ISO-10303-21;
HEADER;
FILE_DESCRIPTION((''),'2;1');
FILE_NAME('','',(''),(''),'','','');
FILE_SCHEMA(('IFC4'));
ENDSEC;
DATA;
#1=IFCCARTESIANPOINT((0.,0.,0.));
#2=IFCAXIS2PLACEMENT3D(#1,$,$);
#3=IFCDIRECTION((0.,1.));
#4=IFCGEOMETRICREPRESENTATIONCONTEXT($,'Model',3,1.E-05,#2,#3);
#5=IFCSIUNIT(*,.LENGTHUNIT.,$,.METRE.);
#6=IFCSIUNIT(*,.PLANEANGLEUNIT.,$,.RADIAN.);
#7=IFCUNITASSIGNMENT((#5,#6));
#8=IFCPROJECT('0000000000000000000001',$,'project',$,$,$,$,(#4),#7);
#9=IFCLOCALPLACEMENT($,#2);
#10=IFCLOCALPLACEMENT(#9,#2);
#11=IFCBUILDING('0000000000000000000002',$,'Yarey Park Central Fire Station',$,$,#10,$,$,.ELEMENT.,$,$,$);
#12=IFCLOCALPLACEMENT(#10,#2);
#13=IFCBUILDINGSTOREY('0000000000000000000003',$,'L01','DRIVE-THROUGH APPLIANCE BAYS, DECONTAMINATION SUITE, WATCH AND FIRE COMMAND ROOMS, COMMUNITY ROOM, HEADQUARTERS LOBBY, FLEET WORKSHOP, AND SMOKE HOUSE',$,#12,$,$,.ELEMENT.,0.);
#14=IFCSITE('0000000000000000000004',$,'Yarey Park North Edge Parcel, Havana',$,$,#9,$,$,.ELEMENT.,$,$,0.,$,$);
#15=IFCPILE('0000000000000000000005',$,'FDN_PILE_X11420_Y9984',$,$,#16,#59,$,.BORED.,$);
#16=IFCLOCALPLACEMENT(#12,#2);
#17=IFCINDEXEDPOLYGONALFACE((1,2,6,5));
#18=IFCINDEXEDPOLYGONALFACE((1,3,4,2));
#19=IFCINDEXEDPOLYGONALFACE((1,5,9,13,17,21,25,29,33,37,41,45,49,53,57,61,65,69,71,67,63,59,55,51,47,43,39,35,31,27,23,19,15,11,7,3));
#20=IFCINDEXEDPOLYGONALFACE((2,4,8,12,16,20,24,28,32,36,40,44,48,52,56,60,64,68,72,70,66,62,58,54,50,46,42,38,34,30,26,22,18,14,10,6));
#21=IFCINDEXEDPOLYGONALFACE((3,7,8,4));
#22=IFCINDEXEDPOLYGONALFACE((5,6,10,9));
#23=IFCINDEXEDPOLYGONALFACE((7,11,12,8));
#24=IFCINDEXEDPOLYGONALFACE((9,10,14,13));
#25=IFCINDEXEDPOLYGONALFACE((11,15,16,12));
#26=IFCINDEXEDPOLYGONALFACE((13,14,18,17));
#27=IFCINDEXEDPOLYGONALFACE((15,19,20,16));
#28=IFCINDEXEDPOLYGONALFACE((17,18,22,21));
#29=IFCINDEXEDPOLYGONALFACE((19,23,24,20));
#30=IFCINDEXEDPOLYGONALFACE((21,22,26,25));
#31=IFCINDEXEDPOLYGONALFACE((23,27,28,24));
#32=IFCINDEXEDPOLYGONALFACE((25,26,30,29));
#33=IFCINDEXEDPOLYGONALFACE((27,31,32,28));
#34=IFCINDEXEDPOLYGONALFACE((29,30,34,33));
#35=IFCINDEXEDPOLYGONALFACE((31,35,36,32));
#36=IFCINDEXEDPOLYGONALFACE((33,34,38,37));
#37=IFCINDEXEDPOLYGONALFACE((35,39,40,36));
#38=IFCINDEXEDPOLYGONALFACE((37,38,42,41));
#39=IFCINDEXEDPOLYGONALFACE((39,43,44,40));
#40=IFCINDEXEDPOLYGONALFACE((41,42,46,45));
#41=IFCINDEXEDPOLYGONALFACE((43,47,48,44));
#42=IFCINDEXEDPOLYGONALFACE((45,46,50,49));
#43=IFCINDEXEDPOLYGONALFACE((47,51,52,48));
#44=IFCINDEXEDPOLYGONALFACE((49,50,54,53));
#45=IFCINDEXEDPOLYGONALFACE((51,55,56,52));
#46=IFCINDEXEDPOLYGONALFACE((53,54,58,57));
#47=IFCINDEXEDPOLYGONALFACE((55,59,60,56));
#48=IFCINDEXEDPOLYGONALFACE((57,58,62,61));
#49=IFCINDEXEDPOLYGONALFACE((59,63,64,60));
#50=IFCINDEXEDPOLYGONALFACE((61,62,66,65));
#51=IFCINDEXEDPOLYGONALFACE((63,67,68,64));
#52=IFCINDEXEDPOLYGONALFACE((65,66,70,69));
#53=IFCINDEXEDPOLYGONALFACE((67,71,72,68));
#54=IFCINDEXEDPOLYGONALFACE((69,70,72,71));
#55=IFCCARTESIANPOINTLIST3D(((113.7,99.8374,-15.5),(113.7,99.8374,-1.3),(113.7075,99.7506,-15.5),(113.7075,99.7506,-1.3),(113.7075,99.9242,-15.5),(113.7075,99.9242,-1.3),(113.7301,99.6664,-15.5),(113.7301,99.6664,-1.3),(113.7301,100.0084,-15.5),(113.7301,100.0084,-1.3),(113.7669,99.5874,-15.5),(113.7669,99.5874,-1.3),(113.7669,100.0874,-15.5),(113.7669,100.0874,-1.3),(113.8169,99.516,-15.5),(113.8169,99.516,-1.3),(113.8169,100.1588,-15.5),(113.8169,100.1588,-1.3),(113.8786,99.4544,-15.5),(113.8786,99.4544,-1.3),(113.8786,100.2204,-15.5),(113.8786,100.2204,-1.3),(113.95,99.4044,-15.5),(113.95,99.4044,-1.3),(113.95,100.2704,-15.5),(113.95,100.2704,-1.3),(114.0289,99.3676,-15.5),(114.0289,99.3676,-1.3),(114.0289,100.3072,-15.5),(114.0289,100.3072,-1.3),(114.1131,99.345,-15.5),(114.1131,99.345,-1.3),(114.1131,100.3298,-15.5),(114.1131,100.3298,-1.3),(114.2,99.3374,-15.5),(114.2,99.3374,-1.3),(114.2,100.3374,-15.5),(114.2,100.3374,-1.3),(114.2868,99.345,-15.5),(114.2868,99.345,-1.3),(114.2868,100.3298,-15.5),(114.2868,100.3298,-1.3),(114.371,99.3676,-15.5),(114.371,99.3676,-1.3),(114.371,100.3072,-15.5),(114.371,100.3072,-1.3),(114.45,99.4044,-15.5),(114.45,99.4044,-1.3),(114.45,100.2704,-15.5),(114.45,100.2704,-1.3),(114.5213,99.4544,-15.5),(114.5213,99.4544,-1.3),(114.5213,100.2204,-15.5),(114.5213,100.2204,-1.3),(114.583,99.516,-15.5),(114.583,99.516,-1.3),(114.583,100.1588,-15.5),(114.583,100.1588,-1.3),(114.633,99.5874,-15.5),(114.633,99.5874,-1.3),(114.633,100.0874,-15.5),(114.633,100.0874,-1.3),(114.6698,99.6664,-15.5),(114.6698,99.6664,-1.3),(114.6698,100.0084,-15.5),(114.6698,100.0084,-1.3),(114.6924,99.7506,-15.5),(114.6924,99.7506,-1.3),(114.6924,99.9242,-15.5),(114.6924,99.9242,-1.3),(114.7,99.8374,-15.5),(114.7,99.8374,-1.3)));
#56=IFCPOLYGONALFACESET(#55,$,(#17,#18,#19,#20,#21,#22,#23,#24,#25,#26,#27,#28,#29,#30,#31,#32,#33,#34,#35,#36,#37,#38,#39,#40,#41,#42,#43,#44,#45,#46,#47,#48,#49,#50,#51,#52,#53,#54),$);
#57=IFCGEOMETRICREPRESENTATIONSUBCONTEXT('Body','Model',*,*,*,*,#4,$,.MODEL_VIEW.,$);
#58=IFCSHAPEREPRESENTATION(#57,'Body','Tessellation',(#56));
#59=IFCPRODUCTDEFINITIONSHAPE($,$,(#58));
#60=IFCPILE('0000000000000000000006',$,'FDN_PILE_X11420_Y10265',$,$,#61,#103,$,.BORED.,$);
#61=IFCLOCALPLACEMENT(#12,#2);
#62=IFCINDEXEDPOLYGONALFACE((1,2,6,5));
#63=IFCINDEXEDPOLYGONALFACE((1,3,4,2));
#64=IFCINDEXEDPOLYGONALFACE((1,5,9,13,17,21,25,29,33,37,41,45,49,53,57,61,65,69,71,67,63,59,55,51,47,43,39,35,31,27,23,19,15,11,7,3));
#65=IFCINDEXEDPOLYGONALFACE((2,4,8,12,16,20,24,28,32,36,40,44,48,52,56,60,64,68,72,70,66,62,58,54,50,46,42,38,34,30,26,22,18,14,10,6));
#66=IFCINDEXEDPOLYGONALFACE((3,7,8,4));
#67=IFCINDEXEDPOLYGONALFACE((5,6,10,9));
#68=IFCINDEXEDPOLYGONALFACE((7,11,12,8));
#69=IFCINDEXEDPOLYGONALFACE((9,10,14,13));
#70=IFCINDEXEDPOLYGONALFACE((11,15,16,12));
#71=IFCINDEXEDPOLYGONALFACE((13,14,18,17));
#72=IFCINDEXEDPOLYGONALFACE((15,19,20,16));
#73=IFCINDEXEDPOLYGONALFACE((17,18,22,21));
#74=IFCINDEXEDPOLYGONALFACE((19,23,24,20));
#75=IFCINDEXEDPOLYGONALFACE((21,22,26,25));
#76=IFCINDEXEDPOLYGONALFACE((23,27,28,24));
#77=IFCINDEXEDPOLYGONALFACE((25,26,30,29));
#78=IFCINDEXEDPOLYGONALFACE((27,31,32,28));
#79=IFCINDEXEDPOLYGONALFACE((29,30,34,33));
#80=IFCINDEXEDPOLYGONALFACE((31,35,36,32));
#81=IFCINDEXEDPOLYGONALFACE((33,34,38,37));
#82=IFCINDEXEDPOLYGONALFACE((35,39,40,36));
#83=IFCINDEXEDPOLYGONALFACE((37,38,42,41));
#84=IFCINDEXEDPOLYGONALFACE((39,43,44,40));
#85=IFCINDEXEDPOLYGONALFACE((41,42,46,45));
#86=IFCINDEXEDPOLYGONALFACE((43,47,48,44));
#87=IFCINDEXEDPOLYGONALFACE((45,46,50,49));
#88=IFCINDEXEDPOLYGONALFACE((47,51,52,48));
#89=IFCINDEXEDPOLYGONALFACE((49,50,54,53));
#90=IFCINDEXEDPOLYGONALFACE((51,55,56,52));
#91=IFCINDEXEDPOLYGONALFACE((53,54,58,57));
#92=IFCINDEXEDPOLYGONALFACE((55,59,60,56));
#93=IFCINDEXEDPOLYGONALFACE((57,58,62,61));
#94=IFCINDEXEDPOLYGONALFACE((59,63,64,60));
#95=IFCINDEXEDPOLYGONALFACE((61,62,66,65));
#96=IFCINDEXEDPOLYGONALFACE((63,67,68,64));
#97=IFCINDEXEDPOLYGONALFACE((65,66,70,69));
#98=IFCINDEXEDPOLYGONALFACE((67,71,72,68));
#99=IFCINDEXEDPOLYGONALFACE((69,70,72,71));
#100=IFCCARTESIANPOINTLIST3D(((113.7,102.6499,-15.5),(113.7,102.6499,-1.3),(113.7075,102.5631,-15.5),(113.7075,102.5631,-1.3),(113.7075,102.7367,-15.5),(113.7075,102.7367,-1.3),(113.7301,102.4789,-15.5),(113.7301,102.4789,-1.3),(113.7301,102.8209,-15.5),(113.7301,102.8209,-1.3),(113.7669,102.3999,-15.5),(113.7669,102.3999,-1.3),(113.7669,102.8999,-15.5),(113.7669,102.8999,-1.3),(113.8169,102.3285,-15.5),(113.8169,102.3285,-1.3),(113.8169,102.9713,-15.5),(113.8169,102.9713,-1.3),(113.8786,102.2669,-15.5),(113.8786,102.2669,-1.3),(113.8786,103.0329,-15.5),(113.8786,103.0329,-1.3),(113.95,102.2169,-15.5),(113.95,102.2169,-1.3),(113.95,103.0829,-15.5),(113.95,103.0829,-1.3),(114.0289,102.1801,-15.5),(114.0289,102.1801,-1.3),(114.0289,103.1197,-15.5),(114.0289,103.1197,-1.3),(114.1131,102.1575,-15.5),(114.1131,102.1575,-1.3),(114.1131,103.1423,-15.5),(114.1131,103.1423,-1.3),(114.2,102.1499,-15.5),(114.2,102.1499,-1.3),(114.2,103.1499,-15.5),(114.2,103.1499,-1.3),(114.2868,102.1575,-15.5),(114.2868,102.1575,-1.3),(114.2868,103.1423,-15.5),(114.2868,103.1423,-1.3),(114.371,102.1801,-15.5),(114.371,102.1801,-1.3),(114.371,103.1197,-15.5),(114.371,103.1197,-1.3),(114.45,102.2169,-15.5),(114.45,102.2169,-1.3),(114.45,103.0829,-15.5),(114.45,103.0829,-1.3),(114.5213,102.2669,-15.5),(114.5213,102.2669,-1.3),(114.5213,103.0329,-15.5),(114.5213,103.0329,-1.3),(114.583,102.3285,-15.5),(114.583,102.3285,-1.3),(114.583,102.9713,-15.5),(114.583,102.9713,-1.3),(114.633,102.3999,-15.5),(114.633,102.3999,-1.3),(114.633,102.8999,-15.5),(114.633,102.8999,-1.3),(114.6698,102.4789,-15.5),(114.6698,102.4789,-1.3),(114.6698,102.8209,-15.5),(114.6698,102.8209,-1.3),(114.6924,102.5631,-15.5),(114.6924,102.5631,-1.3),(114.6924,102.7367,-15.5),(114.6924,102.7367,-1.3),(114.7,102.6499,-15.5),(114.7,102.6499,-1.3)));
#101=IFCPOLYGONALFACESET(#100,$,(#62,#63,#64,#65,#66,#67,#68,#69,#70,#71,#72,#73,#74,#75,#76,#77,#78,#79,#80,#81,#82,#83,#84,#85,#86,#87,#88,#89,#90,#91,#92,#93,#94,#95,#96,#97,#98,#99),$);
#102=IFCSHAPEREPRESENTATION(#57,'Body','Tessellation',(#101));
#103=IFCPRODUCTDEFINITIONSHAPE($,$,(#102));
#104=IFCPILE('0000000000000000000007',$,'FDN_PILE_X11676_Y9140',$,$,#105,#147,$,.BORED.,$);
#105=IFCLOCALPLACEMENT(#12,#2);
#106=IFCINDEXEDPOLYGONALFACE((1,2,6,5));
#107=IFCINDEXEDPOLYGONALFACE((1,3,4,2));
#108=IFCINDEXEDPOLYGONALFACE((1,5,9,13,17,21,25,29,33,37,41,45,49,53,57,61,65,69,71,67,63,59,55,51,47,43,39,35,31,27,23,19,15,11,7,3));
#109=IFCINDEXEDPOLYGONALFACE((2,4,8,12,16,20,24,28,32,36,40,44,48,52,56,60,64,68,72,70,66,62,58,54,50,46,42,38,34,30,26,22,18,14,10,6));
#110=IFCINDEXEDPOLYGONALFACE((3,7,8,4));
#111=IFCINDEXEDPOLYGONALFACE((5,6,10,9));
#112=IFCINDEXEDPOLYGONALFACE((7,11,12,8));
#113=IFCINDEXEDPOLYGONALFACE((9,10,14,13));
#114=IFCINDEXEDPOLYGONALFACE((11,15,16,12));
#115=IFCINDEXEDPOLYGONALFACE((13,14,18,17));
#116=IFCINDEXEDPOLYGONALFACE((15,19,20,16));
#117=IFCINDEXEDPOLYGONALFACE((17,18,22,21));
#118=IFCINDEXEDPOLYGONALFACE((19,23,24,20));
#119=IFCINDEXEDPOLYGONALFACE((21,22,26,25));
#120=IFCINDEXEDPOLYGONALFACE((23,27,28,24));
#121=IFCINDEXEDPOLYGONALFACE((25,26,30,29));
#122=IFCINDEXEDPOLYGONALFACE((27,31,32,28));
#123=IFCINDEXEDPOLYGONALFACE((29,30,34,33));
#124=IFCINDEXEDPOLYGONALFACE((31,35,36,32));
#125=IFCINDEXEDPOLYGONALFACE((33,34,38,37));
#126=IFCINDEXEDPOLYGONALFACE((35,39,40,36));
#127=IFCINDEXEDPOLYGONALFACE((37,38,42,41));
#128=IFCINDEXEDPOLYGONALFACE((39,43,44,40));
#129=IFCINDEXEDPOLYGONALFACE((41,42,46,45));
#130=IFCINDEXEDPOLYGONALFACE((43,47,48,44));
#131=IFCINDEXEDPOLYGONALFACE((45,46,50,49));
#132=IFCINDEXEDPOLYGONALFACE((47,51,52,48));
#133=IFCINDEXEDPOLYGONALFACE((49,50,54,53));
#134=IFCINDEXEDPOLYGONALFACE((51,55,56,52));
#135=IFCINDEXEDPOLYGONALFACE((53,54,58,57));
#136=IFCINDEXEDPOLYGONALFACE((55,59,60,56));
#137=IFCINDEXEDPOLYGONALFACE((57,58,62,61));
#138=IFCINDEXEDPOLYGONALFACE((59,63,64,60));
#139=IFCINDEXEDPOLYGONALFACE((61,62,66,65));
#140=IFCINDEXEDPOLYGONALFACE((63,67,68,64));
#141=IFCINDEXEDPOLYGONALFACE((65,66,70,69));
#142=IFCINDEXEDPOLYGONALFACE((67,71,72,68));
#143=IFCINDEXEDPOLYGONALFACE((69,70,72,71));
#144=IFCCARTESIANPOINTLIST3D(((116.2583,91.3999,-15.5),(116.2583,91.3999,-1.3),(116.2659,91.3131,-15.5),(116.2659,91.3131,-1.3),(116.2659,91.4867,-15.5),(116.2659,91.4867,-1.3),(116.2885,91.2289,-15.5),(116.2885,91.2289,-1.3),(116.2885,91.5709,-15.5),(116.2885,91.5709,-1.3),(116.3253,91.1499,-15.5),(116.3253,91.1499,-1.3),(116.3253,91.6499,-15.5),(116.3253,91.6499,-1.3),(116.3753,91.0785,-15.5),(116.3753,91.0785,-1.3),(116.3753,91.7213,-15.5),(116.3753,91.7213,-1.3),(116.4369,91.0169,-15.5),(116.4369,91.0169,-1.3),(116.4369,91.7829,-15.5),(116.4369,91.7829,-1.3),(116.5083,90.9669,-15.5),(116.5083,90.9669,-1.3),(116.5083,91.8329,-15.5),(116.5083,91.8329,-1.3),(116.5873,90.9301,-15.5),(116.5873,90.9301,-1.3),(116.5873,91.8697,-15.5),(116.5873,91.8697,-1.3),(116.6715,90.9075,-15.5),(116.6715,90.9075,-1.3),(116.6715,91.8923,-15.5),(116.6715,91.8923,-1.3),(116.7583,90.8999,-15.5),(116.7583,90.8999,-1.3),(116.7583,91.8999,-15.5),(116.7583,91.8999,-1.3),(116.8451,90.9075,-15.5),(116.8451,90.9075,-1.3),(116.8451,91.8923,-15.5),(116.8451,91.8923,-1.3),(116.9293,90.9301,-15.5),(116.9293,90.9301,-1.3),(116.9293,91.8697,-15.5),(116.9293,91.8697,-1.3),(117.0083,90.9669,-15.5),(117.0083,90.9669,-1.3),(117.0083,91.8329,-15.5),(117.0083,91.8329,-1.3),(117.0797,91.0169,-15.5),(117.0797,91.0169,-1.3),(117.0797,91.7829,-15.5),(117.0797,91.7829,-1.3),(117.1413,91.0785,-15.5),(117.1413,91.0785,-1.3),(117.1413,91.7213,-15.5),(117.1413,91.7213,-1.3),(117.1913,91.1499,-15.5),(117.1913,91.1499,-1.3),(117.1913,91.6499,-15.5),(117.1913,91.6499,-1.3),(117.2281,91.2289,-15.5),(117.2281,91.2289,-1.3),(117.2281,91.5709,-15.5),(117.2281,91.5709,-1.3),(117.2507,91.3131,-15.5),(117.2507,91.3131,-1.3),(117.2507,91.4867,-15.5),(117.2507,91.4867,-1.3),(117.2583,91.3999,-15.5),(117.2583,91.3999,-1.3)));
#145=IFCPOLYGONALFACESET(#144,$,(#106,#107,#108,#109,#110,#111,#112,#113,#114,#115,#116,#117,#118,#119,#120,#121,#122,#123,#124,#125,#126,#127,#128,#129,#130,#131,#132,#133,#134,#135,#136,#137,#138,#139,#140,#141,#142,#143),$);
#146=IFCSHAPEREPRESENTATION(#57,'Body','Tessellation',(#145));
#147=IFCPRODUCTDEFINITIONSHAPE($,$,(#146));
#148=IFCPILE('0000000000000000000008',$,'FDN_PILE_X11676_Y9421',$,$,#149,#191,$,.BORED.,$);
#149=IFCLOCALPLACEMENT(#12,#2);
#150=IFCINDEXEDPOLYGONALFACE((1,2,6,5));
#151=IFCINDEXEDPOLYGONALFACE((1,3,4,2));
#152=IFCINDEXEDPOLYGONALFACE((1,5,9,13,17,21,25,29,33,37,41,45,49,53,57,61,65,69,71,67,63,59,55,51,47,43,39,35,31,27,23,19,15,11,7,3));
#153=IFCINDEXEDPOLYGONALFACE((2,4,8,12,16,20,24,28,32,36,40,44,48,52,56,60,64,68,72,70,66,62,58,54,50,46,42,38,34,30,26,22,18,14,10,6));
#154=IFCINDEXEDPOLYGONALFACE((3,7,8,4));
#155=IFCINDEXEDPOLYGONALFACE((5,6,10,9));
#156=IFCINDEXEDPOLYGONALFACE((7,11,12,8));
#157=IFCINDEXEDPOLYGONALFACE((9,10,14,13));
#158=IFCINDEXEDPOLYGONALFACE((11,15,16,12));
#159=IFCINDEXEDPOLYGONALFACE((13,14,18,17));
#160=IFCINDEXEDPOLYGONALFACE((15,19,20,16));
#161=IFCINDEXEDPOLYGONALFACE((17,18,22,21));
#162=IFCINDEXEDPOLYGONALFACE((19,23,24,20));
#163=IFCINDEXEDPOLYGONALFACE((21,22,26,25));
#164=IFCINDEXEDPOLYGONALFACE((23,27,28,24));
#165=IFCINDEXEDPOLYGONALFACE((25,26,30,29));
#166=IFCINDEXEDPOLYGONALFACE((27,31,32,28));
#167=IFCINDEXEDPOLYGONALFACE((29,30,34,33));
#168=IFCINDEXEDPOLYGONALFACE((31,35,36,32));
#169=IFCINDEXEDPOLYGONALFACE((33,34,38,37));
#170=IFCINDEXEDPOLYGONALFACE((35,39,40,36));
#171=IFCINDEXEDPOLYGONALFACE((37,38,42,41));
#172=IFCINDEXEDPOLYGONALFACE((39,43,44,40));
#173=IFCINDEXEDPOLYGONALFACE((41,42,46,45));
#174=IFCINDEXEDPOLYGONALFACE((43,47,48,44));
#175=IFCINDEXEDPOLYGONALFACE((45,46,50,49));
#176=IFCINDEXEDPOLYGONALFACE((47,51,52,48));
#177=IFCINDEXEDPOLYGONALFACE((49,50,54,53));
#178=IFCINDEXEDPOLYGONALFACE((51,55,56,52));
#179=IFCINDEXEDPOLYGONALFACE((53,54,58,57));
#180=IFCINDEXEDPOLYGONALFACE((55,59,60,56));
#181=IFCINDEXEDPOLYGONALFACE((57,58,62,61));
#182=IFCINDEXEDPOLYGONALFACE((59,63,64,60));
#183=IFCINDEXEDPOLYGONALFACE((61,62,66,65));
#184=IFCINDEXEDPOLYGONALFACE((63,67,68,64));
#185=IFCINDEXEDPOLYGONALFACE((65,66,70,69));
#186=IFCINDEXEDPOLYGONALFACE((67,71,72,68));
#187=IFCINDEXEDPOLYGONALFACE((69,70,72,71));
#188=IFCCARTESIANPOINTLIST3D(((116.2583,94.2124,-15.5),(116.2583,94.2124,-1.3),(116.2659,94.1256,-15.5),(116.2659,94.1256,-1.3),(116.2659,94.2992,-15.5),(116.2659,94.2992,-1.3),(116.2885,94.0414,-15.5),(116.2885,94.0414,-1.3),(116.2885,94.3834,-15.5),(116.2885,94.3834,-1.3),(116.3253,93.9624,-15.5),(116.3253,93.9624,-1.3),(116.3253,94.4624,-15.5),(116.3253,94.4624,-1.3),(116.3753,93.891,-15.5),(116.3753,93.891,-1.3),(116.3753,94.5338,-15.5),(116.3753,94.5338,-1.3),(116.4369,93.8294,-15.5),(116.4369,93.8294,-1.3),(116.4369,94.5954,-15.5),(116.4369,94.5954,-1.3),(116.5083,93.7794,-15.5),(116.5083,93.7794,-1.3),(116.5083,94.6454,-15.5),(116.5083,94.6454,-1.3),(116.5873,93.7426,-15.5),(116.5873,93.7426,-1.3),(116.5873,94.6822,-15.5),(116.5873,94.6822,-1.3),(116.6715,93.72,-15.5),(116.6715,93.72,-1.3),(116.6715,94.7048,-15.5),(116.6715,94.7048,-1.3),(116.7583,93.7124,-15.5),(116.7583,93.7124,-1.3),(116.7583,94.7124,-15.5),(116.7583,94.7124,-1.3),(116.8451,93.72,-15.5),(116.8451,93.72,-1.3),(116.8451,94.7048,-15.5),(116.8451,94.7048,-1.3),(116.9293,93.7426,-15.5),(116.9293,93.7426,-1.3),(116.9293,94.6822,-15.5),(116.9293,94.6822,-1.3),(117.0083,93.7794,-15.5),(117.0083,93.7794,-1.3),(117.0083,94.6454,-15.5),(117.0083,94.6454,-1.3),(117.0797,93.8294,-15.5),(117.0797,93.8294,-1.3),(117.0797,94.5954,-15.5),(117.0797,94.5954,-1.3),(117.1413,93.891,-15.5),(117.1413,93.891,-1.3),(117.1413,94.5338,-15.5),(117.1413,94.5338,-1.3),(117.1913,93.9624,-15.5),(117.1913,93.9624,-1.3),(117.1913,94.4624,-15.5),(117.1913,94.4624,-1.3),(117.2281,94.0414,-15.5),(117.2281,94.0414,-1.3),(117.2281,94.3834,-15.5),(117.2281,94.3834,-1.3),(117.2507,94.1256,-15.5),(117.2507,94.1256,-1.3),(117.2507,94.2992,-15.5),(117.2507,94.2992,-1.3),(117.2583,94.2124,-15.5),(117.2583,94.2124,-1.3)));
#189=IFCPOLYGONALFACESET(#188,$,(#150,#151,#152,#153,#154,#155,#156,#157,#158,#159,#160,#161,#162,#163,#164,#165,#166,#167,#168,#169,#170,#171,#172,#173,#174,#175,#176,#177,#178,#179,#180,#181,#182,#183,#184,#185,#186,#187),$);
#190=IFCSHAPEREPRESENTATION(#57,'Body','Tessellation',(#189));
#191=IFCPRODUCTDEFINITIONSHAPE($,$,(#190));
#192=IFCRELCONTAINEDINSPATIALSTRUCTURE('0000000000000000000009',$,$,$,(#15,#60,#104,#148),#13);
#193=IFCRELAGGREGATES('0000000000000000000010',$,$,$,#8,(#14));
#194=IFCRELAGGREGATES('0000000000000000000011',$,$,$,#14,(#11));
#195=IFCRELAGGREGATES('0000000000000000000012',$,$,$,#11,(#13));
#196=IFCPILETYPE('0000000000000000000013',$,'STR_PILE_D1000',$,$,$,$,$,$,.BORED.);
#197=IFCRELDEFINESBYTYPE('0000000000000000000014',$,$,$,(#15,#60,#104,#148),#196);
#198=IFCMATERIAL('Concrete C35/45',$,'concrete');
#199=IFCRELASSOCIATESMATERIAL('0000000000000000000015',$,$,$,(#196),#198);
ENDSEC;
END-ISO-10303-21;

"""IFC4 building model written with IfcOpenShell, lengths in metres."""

from ifc_helpers import new_model, si_unit, direction, frame, origin, origin_2d, place, context, subcontext, project, spatial, circle, extrude, material, material_profile, profile_set, type_object, element, save


model = new_model("IFC4")

# Units and contexts
model_context = context("Model", 3, precision=1e-05, world=origin(), true_north=direction((0.0, 1.0)))
body_context = subcontext(model_context, "Body", "Model", "MODEL_VIEW")
ifc_project = project(units=[si_unit("LENGTHUNIT", "METRE"), si_unit("PLANEANGLEUNIT", "RADIAN")], contexts=[model_context])

# Site, building, storey
site_placement = place(None, origin())
site = spatial("IfcSite", under=ifc_project, at=site_placement, Name="Yarey Park North Edge Parcel, Havana", CompositionType="ELEMENT", RefElevation=0.0)
building_placement = place(site_placement, origin())
building = spatial("IfcBuilding", under=site, at=building_placement, Name="Yarey Park Central Fire Station", CompositionType="ELEMENT")
storey_placement = place(building_placement, origin())
storey = spatial("IfcBuildingStorey", under=building, at=storey_placement, Name="L01", Description="DRIVE-THROUGH APPLIANCE BAYS, DECONTAMINATION SUITE, WATCH AND FIRE COMMAND ROOMS, COMMUNITY ROOM, HEADQUARTERS LOBBY, FLEET WORKSHOP, AND SMOKE HOUSE", CompositionType="ELEMENT", Elevation=0.0)

# Shared definitions
ifc_material_1 = material(Name="Concrete C35/45", Category="concrete")

# Piles
ifc_material_profile_1 = material_profile(ifc_material_1, circle(Radius=0.5, at=origin_2d()), Name="BORED PILE D1000")
ifc_profile_set_1 = profile_set([ifc_material_profile_1], Name="Concrete C35/45")
pile_type = type_object("IfcPileType", Name="STR_PILE_D1000", PredefinedType="BORED", material=ifc_profile_set_1)
for number, where, z_axis, x_axis, name in (
    (1, (114.2, 99.8374, -1.3), (0.0, 0.0, -1.0), (1.0, 0.0, 0.0), "FDN_PILE_X11420_Y9984"),
    (2, (114.2, 102.6499, -1.3), (0.0, 0.0, -1.0), (1.0, 0.0, 0.0), "FDN_PILE_X11420_Y10265"),
    (3, (116.7583, 91.3999, -1.3), (0.0, 0.0, -1.0), (1.0, 0.0, 0.0), "FDN_PILE_X11676_Y9140"),
    (4, (116.7583, 94.2124, -1.3), (0.0, 0.0, -1.0), (1.0, 0.0, 0.0), "FDN_PILE_X11676_Y9421"),
):
    element("IfcPile", number, at=place(storey_placement, frame(where, z_axis=z_axis, x_axis=x_axis)), inside=storey, type_object=pile_type, Name=name, PredefinedType="BORED", context=body_context, shape_type="SweptSolid", body=[
        extrude(circle(Radius=0.5, at=origin_2d()), origin(), (0.0, 0.0, 1.0), 14.2),
    ])

save(model, "model.ifc")
